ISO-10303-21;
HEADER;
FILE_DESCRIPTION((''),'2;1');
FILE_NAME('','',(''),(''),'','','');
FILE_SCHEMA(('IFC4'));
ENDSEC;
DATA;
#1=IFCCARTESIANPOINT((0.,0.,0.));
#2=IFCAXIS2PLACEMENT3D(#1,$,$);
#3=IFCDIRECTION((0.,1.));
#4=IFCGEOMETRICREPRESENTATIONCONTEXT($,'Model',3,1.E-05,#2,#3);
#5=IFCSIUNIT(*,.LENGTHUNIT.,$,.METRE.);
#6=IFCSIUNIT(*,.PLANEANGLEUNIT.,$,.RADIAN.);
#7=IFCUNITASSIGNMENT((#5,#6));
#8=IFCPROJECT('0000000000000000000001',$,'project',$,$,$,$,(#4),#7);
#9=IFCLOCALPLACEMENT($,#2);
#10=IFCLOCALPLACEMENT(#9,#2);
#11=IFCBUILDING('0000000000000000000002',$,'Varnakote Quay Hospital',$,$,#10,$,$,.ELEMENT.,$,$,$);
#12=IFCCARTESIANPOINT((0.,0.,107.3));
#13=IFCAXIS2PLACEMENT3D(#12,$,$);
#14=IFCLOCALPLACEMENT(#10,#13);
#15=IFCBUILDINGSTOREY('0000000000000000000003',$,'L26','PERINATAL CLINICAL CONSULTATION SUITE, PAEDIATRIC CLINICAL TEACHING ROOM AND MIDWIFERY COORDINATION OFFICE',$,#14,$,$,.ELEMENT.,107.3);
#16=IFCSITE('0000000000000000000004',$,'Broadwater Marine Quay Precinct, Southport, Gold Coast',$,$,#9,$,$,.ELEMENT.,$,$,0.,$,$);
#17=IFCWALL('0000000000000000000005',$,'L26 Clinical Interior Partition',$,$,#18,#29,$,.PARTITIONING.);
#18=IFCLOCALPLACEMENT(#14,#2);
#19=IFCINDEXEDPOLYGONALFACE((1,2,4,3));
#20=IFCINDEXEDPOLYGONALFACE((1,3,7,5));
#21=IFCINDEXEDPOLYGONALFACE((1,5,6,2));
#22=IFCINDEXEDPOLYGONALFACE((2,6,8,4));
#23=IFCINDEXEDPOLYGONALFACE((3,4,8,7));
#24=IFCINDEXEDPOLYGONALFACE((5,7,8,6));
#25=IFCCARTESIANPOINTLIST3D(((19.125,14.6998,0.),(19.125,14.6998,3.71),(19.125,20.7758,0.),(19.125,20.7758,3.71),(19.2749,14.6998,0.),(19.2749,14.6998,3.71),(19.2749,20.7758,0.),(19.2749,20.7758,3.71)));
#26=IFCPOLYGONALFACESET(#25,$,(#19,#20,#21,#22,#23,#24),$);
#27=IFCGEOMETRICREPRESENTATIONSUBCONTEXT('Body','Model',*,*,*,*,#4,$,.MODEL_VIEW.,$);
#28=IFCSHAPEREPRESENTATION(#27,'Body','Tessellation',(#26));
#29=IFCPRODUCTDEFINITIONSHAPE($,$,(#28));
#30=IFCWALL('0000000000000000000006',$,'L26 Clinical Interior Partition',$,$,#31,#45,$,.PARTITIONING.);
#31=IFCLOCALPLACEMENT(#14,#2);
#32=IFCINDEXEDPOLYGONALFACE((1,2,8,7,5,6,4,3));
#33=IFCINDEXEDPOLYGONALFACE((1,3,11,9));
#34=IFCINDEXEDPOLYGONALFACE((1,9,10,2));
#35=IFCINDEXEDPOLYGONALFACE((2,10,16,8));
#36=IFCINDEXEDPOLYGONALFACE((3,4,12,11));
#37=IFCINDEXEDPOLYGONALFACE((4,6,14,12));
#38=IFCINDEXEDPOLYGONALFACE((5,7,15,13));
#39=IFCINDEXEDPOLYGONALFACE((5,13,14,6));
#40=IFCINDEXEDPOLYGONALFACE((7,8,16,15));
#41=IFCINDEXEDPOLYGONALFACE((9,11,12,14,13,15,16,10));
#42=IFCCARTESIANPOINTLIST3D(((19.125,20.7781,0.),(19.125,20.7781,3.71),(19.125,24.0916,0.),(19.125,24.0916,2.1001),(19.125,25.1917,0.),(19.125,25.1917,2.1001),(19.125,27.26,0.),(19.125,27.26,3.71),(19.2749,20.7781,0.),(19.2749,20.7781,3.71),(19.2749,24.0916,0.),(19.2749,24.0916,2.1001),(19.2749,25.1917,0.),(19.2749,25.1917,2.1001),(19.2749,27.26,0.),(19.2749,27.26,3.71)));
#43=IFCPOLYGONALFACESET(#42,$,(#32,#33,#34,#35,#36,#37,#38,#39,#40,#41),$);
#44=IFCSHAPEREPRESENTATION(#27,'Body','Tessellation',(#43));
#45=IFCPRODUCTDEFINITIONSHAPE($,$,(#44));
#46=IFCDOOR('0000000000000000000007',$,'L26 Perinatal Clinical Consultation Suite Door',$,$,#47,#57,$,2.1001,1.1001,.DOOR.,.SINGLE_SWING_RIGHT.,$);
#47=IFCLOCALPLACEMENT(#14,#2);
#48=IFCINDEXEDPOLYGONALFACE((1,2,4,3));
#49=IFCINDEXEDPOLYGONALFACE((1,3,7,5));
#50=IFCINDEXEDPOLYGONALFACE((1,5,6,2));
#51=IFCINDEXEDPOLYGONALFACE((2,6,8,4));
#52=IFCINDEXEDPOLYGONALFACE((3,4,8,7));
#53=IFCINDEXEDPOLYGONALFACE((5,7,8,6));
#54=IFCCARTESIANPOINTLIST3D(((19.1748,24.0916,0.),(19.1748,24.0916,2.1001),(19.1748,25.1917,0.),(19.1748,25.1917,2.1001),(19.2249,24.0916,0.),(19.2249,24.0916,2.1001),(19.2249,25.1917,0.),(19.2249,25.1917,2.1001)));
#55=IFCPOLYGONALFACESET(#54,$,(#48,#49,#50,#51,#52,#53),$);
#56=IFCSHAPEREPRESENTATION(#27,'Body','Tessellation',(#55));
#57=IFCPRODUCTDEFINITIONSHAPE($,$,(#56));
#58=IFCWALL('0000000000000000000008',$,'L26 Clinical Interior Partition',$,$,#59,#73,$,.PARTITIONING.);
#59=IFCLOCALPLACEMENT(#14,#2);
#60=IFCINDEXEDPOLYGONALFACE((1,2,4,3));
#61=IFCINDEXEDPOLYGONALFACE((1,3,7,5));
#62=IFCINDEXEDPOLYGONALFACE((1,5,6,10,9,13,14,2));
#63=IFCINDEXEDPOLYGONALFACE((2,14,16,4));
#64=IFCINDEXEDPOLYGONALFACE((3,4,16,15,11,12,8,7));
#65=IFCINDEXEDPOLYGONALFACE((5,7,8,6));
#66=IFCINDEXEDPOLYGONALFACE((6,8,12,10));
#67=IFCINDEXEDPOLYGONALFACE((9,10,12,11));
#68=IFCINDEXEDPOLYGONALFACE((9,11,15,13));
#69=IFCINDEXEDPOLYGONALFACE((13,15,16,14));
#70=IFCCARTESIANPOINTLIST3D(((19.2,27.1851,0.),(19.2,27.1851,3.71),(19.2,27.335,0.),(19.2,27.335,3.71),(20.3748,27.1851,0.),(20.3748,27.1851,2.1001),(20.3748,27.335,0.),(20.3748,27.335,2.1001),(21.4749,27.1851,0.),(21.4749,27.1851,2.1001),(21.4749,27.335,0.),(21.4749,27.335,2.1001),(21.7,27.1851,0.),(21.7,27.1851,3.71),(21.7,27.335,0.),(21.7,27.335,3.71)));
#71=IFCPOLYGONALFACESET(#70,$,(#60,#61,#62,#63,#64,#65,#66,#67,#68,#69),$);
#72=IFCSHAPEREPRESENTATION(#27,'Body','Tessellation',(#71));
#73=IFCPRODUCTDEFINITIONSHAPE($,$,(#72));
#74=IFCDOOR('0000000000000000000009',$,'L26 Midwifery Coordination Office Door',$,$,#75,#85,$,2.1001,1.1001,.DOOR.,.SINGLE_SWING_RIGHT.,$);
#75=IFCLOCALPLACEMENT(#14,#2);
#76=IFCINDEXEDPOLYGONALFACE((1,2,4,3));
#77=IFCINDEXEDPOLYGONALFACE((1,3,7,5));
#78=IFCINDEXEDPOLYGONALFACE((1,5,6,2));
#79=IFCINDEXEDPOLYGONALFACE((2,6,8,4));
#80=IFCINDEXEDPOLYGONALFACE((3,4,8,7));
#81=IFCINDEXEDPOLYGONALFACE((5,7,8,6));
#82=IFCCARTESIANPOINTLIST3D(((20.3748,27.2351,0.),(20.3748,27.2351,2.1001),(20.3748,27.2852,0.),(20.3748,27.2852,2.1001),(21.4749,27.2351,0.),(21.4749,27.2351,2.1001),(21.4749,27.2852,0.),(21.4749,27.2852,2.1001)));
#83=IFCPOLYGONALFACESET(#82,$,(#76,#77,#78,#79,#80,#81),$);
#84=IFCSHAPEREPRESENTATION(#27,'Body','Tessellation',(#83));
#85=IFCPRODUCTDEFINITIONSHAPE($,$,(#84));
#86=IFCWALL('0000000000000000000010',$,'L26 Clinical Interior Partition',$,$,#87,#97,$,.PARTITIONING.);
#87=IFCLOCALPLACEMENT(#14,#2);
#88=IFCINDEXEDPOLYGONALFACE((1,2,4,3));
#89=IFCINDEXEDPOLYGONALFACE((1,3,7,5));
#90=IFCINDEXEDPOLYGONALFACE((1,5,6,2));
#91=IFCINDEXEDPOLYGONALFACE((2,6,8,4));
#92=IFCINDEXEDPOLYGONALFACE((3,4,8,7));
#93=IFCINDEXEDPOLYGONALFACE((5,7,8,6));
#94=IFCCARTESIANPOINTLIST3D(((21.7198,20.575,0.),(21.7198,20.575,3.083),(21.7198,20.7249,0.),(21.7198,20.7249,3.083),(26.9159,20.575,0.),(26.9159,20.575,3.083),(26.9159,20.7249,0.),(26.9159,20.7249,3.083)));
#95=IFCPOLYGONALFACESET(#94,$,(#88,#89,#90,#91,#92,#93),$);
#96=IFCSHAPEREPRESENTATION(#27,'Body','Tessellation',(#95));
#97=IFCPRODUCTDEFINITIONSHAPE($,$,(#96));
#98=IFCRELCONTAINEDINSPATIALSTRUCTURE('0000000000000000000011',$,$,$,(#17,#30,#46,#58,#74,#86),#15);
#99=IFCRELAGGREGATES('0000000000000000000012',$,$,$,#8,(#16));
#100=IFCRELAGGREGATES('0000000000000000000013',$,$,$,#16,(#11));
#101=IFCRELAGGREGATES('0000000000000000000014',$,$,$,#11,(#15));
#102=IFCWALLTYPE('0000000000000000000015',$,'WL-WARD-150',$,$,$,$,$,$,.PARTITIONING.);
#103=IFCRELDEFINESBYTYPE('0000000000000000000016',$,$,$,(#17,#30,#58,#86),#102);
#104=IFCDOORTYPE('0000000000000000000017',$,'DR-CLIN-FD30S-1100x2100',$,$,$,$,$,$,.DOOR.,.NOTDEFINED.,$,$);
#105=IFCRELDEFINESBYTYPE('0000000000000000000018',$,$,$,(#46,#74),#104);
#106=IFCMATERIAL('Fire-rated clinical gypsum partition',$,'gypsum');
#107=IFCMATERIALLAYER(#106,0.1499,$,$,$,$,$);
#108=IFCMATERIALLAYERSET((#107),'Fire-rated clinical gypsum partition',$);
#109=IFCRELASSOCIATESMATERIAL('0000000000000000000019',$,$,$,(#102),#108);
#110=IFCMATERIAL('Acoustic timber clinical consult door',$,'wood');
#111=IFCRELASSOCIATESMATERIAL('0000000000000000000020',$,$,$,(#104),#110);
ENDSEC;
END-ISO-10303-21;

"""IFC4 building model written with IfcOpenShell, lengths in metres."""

from ifc_helpers import new_model, si_unit, direction, frame, frame_2d, origin, place, context, subcontext, project, spatial, rectangle, extrude, material, layer, layer_set, type_object, element, fill, save


model = new_model("IFC4")

# Units and contexts
model_context = context("Model", 3, precision=1e-05, world=origin(), true_north=direction((0.0, 1.0)))
body_context = subcontext(model_context, "Body", "Model", "MODEL_VIEW")
ifc_project = project(units=[si_unit("LENGTHUNIT", "METRE"), si_unit("PLANEANGLEUNIT", "RADIAN")], contexts=[model_context])

# Site, building, storey
site_placement = place(None, origin())
site = spatial("IfcSite", under=ifc_project, at=site_placement, Name="Broadwater Marine Quay Precinct, Southport, Gold Coast", CompositionType="ELEMENT", RefElevation=0.0)
building_placement = place(site_placement, origin())
building = spatial("IfcBuilding", under=site, at=building_placement, Name="Varnakote Quay Hospital", CompositionType="ELEMENT")
storey_placement = place(building_placement, frame((0.0, 0.0, 107.3)))
storey = spatial("IfcBuildingStorey", under=building, at=storey_placement, Name="L26", Description="PERINATAL CLINICAL CONSULTATION SUITE, PAEDIATRIC CLINICAL TEACHING ROOM AND MIDWIFERY COORDINATION OFFICE", CompositionType="ELEMENT", Elevation=107.3)

# Wall
ifc_material_1 = material(Name="Fire-rated clinical gypsum partition", Category="gypsum")
ifc_layer_1 = layer(ifc_material_1, 0.1499)
ifc_layer_set_1 = layer_set([ifc_layer_1], Name="Fire-rated clinical gypsum partition")
wall_type_1 = type_object("IfcWallType", Name="WL-WARD-150", PredefinedType="PARTITIONING", material=ifc_layer_set_1)
wall_1_placement = place(storey_placement, frame((19.2, 20.7759, 0.0), z_axis=(0.0, 0.0, 1.0), x_axis=(0.0, -1.0, 0.0)))
element("IfcWall", 1, at=wall_1_placement, inside=storey, type_object=wall_type_1, Name="L26 Clinical Interior Partition", PredefinedType="PARTITIONING", context=body_context, shape_type="SweptSolid", body=[
    extrude(rectangle(XDim=6.0759, YDim=0.1499, at=frame_2d((3.0381, 0.0))), origin(), (0.0, 0.0, 1.0), 3.71),
])

# Walls, openings, doors
wall_2_placement = place(storey_placement, frame((19.2, 27.26, 0.0), z_axis=(0.0, 0.0, 1.0), x_axis=(0.0, -1.0, 0.0)))
wall_2 = element("IfcWall", 2, at=wall_2_placement, inside=storey, type_object=wall_type_1, Name="L26 Clinical Interior Partition", PredefinedType="PARTITIONING", context=body_context, shape_type="SweptSolid", body=[
    extrude(rectangle(XDim=6.4819, YDim=0.1499, at=frame_2d((3.241, 0.0))), origin(), (0.0, 0.0, 1.0), 3.71),
])
opening_1_placement = place(wall_2_placement, frame((2.0684, 0.0, 0.0)))
opening_1 = element("IfcOpeningElement", 3, at=opening_1_placement, cuts=wall_2, PredefinedType="OPENING", context=body_context, shape_type="SweptSolid", body=[
    extrude(rectangle(XDim=1.1001, YDim=2.1001, at=frame_2d((0.55, 1.05))), frame((0.0, 0.085, 0.0), z_axis=(0.0, -1.0, 0.0), x_axis=(1.0, 0.0, 0.0)), (0.0, 0.0, 1.0), 0.1699),
])
ifc_material_2 = material(Name="Acoustic timber clinical consult door", Category="wood")
door_type = type_object("IfcDoorType", Name="DR-CLIN-FD30S-1100x2100", OperationType="NOTDEFINED", PredefinedType="DOOR", material=ifc_material_2)
door_1_placement = place(opening_1_placement, origin())
door_1 = element("IfcDoor", 4, at=door_1_placement, inside=storey, type_object=door_type, Name="L26 Perinatal Clinical Consultation Suite Door", OperationType="SINGLE_SWING_RIGHT", OverallHeight=2.1001, OverallWidth=1.1001, PredefinedType="DOOR", context=body_context, shape_type="SweptSolid", body=[
    extrude(rectangle(XDim=1.1001, YDim=2.1001, at=frame_2d((0.55, 1.05))), frame((0.0, 0.0249, 0.0), z_axis=(0.0, -1.0, 0.0), x_axis=(1.0, 0.0, 0.0)), (0.0, 0.0, 1.0), 0.05),
])
fill(opening_1, door_1)
wall_3_placement = place(storey_placement, frame((21.7, 27.26, 0.0), z_axis=(0.0, 0.0, 1.0), x_axis=(-1.0, 0.0, 0.0)))
wall_3 = element("IfcWall", 5, at=wall_3_placement, inside=storey, type_object=wall_type_1, Name="L26 Clinical Interior Partition", PredefinedType="PARTITIONING", context=body_context, shape_type="SweptSolid", body=[
    extrude(rectangle(XDim=2.5, YDim=0.1499, at=frame_2d((1.25, 0.0))), origin(), (0.0, 0.0, 1.0), 3.71),
])
opening_2_placement = place(wall_3_placement, frame((0.2251, 0.0, 0.0)))
opening_2 = element("IfcOpeningElement", 6, at=opening_2_placement, cuts=wall_3, PredefinedType="OPENING", context=body_context, shape_type="SweptSolid", body=[
    extrude(rectangle(XDim=1.1001, YDim=2.1001, at=frame_2d((0.55, 1.05))), frame((0.0, 0.085, 0.0), z_axis=(0.0, -1.0, 0.0), x_axis=(1.0, 0.0, 0.0)), (0.0, 0.0, 1.0), 0.1699),
])
door_2_placement = place(opening_2_placement, origin())
door_2 = element("IfcDoor", 7, at=door_2_placement, inside=storey, type_object=door_type, Name="L26 Midwifery Coordination Office Door", OperationType="SINGLE_SWING_RIGHT", OverallHeight=2.1001, OverallWidth=1.1001, PredefinedType="DOOR", context=body_context, shape_type="SweptSolid", body=[
    extrude(rectangle(XDim=1.1001, YDim=2.1001, at=frame_2d((0.55, 1.05))), frame((0.0, 0.0249, 0.0), z_axis=(0.0, -1.0, 0.0), x_axis=(1.0, 0.0, 0.0)), (0.0, 0.0, 1.0), 0.05),
])
fill(opening_2, door_2)

# Wall
wall_4_placement = place(storey_placement, frame((26.916, 20.6499, 0.0), z_axis=(0.0, 0.0, 1.0), x_axis=(-1.0, 0.0, 0.0)))
element("IfcWall", 8, at=wall_4_placement, inside=storey, type_object=wall_type_1, Name="L26 Clinical Interior Partition", PredefinedType="PARTITIONING", context=body_context, shape_type="SweptSolid", body=[
    extrude(rectangle(XDim=5.196, YDim=0.1499, at=frame_2d((2.5981, 0.0))), origin(), (0.0, 0.0, 1.0), 3.083),
])

save(model, "model.ifc")
